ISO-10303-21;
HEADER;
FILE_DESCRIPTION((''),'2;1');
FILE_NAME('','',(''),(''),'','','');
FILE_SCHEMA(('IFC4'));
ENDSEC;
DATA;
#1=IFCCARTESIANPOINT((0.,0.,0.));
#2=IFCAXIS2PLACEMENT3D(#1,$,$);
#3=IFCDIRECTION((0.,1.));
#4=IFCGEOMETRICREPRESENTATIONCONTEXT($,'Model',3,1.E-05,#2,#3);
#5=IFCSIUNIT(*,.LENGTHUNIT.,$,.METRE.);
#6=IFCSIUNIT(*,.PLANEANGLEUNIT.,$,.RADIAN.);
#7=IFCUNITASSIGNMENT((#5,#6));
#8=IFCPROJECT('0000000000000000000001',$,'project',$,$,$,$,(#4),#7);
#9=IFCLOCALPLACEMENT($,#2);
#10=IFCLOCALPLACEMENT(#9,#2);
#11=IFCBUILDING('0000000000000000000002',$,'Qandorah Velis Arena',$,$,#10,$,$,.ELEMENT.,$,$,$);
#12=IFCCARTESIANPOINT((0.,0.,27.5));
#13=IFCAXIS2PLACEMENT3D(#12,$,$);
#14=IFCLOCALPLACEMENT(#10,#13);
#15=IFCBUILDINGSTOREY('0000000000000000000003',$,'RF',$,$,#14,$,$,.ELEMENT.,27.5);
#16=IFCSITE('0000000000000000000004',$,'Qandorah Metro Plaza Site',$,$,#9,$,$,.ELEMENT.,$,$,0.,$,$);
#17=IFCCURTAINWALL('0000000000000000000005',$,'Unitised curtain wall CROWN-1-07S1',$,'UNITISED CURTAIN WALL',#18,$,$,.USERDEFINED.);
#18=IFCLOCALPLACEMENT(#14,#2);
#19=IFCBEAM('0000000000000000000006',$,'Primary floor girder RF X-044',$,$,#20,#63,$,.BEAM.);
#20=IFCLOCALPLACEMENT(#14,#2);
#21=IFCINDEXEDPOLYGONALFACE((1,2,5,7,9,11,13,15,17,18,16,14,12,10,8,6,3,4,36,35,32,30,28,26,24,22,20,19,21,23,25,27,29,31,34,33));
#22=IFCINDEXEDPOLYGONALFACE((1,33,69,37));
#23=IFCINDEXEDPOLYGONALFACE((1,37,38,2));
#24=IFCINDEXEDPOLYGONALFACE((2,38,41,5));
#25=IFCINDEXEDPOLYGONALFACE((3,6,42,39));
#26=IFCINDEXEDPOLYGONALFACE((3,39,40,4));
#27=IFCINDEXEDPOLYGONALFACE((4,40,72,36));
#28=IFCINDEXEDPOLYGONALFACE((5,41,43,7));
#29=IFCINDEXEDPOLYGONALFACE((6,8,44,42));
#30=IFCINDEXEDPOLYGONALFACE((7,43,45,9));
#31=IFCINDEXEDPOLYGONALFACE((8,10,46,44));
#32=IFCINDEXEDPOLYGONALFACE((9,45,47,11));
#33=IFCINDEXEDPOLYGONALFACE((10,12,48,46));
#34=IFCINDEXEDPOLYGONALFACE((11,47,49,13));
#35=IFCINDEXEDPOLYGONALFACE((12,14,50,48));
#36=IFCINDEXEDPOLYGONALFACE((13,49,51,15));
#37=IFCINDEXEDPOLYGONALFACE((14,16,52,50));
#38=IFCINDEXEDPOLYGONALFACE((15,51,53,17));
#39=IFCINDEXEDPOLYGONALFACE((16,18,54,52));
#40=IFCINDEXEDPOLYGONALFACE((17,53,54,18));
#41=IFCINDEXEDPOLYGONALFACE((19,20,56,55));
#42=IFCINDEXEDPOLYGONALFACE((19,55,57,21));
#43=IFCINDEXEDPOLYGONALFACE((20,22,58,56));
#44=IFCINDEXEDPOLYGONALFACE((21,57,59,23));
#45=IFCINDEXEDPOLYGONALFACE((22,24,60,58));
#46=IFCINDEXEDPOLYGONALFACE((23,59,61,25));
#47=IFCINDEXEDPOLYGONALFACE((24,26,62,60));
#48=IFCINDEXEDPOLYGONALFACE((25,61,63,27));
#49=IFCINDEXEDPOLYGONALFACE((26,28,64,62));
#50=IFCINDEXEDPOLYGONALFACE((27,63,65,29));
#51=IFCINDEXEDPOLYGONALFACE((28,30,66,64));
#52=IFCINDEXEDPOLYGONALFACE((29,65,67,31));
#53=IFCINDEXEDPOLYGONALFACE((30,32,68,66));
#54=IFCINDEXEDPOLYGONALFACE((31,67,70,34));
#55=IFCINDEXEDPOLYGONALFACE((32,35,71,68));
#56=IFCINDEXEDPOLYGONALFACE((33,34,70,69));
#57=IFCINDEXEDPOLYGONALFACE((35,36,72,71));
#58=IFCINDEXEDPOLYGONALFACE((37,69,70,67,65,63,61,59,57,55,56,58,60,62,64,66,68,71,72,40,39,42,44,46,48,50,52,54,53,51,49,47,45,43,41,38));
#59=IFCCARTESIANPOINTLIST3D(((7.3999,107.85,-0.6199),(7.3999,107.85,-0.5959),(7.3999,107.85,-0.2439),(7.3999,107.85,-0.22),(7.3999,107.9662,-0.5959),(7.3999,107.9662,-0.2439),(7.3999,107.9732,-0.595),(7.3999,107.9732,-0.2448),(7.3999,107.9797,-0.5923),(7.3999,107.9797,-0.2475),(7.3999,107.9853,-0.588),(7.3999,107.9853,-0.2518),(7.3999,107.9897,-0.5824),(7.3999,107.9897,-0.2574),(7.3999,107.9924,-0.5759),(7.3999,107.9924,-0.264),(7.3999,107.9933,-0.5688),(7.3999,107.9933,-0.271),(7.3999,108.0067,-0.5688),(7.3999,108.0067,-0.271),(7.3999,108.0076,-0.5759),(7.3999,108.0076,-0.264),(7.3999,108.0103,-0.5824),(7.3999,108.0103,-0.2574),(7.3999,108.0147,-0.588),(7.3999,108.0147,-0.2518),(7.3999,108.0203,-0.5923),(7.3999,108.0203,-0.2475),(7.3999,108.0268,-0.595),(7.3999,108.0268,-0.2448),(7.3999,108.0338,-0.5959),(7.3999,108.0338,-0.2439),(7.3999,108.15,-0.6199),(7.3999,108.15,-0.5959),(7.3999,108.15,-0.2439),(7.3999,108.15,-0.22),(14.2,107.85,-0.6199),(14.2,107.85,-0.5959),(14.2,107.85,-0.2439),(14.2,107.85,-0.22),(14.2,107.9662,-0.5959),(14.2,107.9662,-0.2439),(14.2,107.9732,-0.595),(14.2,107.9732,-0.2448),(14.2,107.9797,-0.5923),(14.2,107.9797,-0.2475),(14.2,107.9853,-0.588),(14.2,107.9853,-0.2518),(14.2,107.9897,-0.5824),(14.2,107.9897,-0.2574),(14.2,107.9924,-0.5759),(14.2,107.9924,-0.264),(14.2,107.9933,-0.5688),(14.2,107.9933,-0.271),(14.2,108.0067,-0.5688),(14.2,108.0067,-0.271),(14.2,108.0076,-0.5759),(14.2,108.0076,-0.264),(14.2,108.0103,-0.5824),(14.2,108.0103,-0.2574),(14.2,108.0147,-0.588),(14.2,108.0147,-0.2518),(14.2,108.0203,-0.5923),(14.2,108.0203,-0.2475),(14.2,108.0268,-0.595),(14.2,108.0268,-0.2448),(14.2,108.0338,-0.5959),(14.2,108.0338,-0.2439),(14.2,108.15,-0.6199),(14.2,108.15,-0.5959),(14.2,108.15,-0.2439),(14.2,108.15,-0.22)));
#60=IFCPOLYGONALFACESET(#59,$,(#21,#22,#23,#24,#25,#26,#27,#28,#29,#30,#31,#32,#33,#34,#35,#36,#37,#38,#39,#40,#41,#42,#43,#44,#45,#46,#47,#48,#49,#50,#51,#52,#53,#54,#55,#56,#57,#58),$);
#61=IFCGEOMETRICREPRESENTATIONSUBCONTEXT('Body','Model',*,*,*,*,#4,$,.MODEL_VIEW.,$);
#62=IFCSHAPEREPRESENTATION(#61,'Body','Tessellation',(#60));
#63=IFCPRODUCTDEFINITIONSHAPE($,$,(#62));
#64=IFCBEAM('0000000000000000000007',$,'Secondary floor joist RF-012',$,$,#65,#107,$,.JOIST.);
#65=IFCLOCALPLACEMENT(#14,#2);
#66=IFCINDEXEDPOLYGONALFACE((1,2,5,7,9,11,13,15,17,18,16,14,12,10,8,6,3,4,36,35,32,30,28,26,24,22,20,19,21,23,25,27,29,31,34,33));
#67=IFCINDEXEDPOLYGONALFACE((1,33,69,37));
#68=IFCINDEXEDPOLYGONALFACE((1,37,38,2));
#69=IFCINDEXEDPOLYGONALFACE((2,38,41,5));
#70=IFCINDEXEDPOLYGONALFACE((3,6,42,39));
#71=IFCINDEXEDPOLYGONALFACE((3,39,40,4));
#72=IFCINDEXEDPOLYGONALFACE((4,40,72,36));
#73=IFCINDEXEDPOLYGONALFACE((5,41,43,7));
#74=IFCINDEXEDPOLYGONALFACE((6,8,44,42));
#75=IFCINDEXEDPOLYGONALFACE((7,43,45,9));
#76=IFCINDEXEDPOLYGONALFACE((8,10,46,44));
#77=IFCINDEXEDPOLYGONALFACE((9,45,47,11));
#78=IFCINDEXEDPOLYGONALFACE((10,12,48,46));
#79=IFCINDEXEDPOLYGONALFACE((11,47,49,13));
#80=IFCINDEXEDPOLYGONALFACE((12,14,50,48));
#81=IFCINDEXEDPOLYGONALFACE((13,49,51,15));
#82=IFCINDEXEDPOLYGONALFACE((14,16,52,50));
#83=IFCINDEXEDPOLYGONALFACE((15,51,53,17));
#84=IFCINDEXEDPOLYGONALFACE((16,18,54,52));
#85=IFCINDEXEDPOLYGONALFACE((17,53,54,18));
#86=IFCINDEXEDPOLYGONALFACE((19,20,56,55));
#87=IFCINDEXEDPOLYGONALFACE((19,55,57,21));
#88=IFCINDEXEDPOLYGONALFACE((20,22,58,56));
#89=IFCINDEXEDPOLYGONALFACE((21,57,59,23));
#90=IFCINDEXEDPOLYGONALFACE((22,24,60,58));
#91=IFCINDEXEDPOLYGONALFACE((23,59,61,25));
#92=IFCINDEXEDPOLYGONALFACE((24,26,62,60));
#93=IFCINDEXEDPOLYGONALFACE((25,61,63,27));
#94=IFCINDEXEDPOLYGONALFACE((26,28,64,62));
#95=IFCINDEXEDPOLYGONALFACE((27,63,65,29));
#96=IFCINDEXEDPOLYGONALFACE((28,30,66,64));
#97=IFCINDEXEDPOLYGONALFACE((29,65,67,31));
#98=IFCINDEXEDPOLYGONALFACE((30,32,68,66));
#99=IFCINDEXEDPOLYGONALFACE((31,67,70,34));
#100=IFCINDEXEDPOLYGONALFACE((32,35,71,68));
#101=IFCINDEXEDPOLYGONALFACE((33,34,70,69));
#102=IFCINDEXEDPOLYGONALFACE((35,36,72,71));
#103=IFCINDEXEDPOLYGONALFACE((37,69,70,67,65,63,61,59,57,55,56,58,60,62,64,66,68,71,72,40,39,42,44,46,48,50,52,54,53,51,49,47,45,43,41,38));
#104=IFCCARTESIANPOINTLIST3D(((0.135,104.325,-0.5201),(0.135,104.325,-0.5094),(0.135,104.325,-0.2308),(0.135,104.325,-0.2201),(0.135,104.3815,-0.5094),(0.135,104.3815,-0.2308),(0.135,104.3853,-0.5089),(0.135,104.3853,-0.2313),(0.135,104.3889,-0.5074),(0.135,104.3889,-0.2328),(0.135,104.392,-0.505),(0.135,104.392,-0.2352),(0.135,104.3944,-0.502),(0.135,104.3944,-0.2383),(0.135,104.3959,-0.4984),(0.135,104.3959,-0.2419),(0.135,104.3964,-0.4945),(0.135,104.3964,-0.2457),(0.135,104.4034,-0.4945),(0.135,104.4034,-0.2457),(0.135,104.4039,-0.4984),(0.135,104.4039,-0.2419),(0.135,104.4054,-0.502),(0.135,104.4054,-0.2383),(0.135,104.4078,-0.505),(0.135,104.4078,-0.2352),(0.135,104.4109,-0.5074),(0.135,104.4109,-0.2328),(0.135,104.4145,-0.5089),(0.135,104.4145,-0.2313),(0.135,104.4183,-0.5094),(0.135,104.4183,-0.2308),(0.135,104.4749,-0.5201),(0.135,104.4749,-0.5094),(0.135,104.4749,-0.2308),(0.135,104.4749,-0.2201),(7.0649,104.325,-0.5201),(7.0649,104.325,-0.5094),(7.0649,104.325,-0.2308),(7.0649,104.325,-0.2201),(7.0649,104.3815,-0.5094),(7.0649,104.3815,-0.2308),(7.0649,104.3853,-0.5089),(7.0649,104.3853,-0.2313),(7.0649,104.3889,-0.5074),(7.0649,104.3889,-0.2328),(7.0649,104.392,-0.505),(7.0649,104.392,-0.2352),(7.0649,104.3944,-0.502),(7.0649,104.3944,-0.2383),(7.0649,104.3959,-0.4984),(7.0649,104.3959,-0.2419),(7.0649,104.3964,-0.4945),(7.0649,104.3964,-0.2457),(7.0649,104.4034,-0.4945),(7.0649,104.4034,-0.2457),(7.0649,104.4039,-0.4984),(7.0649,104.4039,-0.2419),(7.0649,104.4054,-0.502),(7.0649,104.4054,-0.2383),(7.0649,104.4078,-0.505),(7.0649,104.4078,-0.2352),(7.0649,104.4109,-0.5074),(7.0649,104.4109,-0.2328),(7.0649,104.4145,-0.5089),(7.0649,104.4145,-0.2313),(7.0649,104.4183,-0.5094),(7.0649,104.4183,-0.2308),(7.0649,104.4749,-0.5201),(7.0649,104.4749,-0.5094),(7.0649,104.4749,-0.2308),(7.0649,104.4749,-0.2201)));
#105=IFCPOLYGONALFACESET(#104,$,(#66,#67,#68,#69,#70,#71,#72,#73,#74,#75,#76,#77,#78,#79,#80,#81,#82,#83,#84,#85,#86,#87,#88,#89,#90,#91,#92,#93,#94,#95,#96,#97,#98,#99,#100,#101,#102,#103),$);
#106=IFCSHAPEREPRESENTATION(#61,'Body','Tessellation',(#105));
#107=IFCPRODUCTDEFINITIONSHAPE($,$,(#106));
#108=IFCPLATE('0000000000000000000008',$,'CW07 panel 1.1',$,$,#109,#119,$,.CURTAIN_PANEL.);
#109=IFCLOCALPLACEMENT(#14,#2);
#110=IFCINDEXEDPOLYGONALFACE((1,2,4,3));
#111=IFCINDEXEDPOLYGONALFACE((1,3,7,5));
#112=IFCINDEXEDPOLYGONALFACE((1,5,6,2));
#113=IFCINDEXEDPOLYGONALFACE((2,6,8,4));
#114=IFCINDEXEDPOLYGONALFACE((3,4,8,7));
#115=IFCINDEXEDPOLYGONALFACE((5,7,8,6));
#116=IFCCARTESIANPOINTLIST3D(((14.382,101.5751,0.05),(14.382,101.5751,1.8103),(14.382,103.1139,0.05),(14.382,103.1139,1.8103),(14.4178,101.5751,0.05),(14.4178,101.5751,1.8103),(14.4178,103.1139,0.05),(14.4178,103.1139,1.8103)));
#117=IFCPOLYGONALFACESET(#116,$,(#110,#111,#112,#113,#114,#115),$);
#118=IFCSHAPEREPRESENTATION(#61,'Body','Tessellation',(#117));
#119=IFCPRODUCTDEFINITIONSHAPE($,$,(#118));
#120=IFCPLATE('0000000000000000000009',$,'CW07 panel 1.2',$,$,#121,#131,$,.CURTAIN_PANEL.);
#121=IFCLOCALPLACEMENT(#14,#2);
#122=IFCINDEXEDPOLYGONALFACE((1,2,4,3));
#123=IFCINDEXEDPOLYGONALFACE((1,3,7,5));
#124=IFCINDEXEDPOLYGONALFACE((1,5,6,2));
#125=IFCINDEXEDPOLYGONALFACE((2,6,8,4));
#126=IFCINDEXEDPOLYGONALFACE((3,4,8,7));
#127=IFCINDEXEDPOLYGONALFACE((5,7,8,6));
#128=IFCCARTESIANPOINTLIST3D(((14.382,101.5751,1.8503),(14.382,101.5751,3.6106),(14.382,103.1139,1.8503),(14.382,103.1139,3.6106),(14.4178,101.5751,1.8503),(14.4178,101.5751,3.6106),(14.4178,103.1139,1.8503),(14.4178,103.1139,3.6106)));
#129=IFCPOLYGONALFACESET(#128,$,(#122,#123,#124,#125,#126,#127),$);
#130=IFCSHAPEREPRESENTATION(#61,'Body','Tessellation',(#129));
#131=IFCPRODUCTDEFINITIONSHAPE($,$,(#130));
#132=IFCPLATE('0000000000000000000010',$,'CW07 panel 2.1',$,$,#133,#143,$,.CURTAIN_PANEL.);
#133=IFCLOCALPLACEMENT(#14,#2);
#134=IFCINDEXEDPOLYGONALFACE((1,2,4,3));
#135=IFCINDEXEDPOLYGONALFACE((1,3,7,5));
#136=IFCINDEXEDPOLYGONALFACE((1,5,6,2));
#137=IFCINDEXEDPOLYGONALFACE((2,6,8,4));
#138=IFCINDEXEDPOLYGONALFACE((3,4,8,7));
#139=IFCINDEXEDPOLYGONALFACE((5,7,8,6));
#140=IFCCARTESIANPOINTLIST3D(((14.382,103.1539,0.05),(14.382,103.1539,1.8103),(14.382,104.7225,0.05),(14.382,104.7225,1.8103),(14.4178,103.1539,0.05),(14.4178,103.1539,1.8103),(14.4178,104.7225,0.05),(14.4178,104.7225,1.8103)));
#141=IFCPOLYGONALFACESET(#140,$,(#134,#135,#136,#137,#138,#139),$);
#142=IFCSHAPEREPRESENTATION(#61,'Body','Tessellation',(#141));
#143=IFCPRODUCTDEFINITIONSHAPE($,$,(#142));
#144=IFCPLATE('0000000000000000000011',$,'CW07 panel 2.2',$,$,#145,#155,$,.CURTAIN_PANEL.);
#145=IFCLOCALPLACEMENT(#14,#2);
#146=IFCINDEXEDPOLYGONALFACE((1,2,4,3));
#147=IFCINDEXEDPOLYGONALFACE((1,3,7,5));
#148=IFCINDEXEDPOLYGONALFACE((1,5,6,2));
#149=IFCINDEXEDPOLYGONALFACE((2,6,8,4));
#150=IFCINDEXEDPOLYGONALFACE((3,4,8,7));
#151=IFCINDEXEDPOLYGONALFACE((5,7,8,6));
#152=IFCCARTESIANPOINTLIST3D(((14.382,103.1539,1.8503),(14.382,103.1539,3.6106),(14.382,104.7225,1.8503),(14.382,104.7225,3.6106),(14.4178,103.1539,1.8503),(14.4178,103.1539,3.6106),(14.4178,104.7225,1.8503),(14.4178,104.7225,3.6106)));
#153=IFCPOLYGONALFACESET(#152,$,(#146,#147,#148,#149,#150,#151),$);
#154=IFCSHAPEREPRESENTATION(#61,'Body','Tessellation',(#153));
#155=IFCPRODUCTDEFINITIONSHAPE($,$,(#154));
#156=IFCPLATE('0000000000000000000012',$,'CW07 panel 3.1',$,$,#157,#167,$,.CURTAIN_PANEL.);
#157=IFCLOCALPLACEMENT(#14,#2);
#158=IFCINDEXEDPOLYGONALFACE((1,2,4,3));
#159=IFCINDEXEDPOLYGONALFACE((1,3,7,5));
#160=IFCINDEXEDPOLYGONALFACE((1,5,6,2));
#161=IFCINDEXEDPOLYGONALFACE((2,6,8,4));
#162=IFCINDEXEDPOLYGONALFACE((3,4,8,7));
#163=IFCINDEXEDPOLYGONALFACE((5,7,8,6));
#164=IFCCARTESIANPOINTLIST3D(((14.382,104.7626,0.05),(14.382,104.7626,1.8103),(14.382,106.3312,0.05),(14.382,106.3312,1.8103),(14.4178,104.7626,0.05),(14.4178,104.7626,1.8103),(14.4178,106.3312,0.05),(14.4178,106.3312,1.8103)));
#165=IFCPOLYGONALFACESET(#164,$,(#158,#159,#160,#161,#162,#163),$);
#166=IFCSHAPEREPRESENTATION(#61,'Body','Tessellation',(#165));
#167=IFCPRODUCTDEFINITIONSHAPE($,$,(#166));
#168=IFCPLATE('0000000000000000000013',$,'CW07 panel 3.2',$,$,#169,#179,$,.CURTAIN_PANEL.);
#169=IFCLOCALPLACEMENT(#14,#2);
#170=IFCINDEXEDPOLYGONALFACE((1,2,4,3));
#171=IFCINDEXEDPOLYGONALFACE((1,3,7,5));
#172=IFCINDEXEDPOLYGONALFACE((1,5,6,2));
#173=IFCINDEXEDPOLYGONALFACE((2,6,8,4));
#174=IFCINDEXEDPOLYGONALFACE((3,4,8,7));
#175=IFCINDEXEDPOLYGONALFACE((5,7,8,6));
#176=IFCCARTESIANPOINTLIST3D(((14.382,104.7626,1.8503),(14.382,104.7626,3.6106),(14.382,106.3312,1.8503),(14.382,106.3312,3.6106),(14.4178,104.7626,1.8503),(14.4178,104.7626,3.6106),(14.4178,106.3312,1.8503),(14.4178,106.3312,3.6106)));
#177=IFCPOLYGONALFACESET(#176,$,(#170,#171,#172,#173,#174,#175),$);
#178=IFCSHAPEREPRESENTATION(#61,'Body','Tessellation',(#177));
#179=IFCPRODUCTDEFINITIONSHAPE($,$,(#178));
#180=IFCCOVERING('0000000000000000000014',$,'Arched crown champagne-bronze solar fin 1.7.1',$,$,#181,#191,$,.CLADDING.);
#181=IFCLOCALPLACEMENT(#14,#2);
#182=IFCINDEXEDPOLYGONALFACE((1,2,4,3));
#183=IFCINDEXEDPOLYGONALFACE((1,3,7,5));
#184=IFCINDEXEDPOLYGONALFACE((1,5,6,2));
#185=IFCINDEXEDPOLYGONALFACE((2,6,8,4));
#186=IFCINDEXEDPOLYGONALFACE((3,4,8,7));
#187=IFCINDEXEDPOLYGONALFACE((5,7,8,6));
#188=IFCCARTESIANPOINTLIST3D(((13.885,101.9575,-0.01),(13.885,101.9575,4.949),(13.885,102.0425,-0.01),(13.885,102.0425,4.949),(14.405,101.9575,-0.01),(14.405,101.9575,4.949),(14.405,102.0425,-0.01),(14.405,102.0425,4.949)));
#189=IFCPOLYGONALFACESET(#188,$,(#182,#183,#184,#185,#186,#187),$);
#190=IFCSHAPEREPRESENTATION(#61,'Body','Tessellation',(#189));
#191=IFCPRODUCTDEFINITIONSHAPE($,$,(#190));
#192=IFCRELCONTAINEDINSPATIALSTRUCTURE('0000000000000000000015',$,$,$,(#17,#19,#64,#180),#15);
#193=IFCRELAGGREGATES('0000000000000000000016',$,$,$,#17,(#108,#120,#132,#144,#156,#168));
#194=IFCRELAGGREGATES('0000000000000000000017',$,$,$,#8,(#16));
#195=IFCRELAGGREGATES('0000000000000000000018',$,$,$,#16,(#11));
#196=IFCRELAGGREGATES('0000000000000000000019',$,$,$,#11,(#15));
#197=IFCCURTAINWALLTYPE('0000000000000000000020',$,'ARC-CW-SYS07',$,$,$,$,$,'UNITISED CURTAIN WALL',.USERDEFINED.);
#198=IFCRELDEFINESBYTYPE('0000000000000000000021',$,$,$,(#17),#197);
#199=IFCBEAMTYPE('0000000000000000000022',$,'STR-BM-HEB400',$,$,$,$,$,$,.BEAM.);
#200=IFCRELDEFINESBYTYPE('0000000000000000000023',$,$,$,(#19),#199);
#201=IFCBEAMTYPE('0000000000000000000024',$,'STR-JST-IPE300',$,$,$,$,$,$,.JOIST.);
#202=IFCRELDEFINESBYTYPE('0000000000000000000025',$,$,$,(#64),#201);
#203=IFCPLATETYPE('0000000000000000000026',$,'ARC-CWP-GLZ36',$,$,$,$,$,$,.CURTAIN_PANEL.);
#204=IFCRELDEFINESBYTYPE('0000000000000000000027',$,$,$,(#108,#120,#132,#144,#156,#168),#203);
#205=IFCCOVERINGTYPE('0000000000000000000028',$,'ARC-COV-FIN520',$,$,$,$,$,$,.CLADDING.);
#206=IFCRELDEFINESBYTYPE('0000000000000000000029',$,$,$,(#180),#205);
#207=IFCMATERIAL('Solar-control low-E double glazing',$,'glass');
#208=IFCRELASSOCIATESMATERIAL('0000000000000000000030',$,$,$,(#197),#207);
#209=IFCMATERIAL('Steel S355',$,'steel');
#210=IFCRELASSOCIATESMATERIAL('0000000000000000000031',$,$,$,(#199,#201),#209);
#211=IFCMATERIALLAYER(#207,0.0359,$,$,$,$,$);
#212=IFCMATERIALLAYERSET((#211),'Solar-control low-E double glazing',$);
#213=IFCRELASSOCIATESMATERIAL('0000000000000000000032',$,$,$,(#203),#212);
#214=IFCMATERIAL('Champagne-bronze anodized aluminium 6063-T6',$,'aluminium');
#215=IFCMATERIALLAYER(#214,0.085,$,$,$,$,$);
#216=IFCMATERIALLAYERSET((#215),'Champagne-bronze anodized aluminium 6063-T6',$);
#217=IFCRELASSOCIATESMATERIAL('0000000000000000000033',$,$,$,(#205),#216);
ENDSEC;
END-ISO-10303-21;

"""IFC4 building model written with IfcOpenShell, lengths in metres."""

from ifc_helpers import new_model, si_unit, direction, frame, origin, origin_2d, place, context, subcontext, project, spatial, rectangle, i_section, extrude, material, layer, layer_set, material_profile, profile_set, type_object, element, aggregate, save


model = new_model("IFC4")

# Units and contexts
model_context = context("Model", 3, precision=1e-05, world=origin(), true_north=direction((0.0, 1.0)))
body_context = subcontext(model_context, "Body", "Model", "MODEL_VIEW")
ifc_project = project(units=[si_unit("LENGTHUNIT", "METRE"), si_unit("PLANEANGLEUNIT", "RADIAN")], contexts=[model_context])

# Site, building, storey
site_placement = place(None, origin())
site = spatial("IfcSite", under=ifc_project, at=site_placement, Name="Qandorah Metro Plaza Site", CompositionType="ELEMENT", RefElevation=0.0)
building_placement = place(site_placement, origin())
building = spatial("IfcBuilding", under=site, at=building_placement, Name="Qandorah Velis Arena", CompositionType="ELEMENT")
storey_placement = place(building_placement, frame((0.0, 0.0, 27.5)))
storey = spatial("IfcBuildingStorey", under=building, at=storey_placement, Name="RF", CompositionType="ELEMENT", Elevation=27.5)

# Curtain wall
ifc_material_1 = material(Name="Solar-control low-E double glazing", Category="glass")
curtain_wall_type = type_object("IfcCurtainWallType", Name="ARC-CW-SYS07", ElementType="UNITISED CURTAIN WALL", PredefinedType="USERDEFINED", material=ifc_material_1)
curtain_wall_placement = place(storey_placement, origin())
curtain_wall = element("IfcCurtainWall", 1, at=curtain_wall_placement, inside=storey, type_object=curtain_wall_type, Name="Unitised curtain wall CROWN-1-07S1", ObjectType="UNITISED CURTAIN WALL", PredefinedType="USERDEFINED")
ifc_material_2 = material(Name="Champagne-bronze anodized aluminium 6063-T6", Category="aluminium")

# Beams
ifc_material_3 = material(Name="Steel S355", Category="steel")
ifc_material_profile_1 = material_profile(ifc_material_3, i_section(OverallWidth=0.3, OverallDepth=0.3999, WebThickness=0.0134, FlangeThickness=0.0239, FilletRadius=0.0271, at=origin_2d()), Name="HEB 400")
ifc_profile_set_1 = profile_set([ifc_material_profile_1], Name="Steel S355")
beam_type_1 = type_object("IfcBeamType", Name="STR-BM-HEB400", PredefinedType="BEAM", material=ifc_profile_set_1)
for number, where, z_axis, x_axis, name in (
    (2, (7.3999, 108.0, -0.4199), (1.0, 0.0, 0.0), (0.0, 1.0, 0.0), "Primary floor girder RF X-044"),
):
    element("IfcBeam", number, at=place(storey_placement, frame(where, z_axis=z_axis, x_axis=x_axis)), inside=storey, type_object=beam_type_1, Name=name, PredefinedType="BEAM", context=body_context, shape_type="SweptSolid", body=[
        extrude(i_section(OverallWidth=0.3, OverallDepth=0.3999, WebThickness=0.0134, FlangeThickness=0.0239, FilletRadius=0.0271, at=origin_2d()), origin(), (0.0, 0.0, 1.0), 6.8),
    ])
ifc_material_profile_2 = material_profile(ifc_material_3, i_section(OverallWidth=0.1499, OverallDepth=0.3, WebThickness=0.0071, FlangeThickness=0.0107, FilletRadius=0.0149, at=origin_2d()), Name="IPE 300")
ifc_profile_set_2 = profile_set([ifc_material_profile_2], Name="Steel S355")
beam_type_2 = type_object("IfcBeamType", Name="STR-JST-IPE300", PredefinedType="JOIST", material=ifc_profile_set_2)
beam_placement = place(storey_placement, frame((0.135, 104.3999, -0.3701), z_axis=(1.0, 0.0, 0.0), x_axis=(0.0, 1.0, 0.0)))
element("IfcBeam", 3, at=beam_placement, inside=storey, type_object=beam_type_2, Name="Secondary floor joist RF-012", PredefinedType="JOIST", context=body_context, shape_type="SweptSolid", body=[
    extrude(i_section(OverallWidth=0.1499, OverallDepth=0.3, WebThickness=0.0071, FlangeThickness=0.0107, FilletRadius=0.0149, at=origin_2d()), origin(), (0.0, 0.0, 1.0), 6.9299),
])

# Plates
ifc_layer_1 = layer(ifc_material_1, 0.0359)
ifc_layer_set_1 = layer_set([ifc_layer_1], Name="Solar-control low-E double glazing")
plate_type = type_object("IfcPlateType", Name="ARC-CWP-GLZ36", PredefinedType="CURTAIN_PANEL", material=ifc_layer_set_1)
plate_1_placement = place(storey_placement, frame((14.3999, 102.3445, 0.05), z_axis=(0.0, 0.0, 1.0), x_axis=(0.0, 1.0, 0.0)))
plate_1 = element("IfcPlate", 4, at=plate_1_placement, type_object=plate_type, Name="CW07 panel 1.1", PredefinedType="CURTAIN_PANEL", context=body_context, shape_type="SweptSolid", body=[
    extrude(rectangle(XDim=1.5388, YDim=0.0359, at=origin_2d()), origin(), (0.0, 0.0, 1.0), 1.7603),
])
plate_2_placement = place(storey_placement, frame((14.3999, 102.3445, 1.8503), z_axis=(0.0, 0.0, 1.0), x_axis=(0.0, 1.0, 0.0)))
plate_2 = element("IfcPlate", 5, at=plate_2_placement, type_object=plate_type, Name="CW07 panel 1.2", PredefinedType="CURTAIN_PANEL", context=body_context, shape_type="SweptSolid", body=[
    extrude(rectangle(XDim=1.5388, YDim=0.0359, at=origin_2d()), origin(), (0.0, 0.0, 1.0), 1.7603),
])
plate_3_placement = place(storey_placement, frame((14.3999, 103.9382, 0.05), z_axis=(0.0, 0.0, 1.0), x_axis=(0.0, 1.0, 0.0)))
plate_3 = element("IfcPlate", 6, at=plate_3_placement, type_object=plate_type, Name="CW07 panel 2.1", PredefinedType="CURTAIN_PANEL", context=body_context, shape_type="SweptSolid", body=[
    extrude(rectangle(XDim=1.5686, YDim=0.0359, at=origin_2d()), origin(), (0.0, 0.0, 1.0), 1.7603),
])
plate_4_placement = place(storey_placement, frame((14.3999, 103.9382, 1.8503), z_axis=(0.0, 0.0, 1.0), x_axis=(0.0, 1.0, 0.0)))
plate_4 = element("IfcPlate", 7, at=plate_4_placement, type_object=plate_type, Name="CW07 panel 2.2", PredefinedType="CURTAIN_PANEL", context=body_context, shape_type="SweptSolid", body=[
    extrude(rectangle(XDim=1.5686, YDim=0.0359, at=origin_2d()), origin(), (0.0, 0.0, 1.0), 1.7603),
])
plate_5_placement = place(storey_placement, frame((14.3999, 105.5469, 0.05), z_axis=(0.0, 0.0, 1.0), x_axis=(0.0, 1.0, 0.0)))
plate_5 = element("IfcPlate", 8, at=plate_5_placement, type_object=plate_type, Name="CW07 panel 3.1", PredefinedType="CURTAIN_PANEL", context=body_context, shape_type="SweptSolid", body=[
    extrude(rectangle(XDim=1.5686, YDim=0.0359, at=origin_2d()), origin(), (0.0, 0.0, 1.0), 1.7603),
])
plate_6_placement = place(storey_placement, frame((14.3999, 105.5469, 1.8503), z_axis=(0.0, 0.0, 1.0), x_axis=(0.0, 1.0, 0.0)))
plate_6 = element("IfcPlate", 9, at=plate_6_placement, type_object=plate_type, Name="CW07 panel 3.2", PredefinedType="CURTAIN_PANEL", context=body_context, shape_type="SweptSolid", body=[
    extrude(rectangle(XDim=1.5686, YDim=0.0359, at=origin_2d()), origin(), (0.0, 0.0, 1.0), 1.7603),
])
aggregate(curtain_wall, [plate_1, plate_2, plate_3, plate_4, plate_5, plate_6])

# Covering
ifc_layer_2 = layer(ifc_material_2, 0.085)
ifc_layer_set_2 = layer_set([ifc_layer_2], Name="Champagne-bronze anodized aluminium 6063-T6")
covering_type = type_object("IfcCoveringType", Name="ARC-COV-FIN520", PredefinedType="CLADDING", material=ifc_layer_set_2)
covering_1_placement = place(storey_placement, frame((14.145, 102.0, -0.01), z_axis=(0.0, 0.0, 1.0), x_axis=(1.0, 0.0, 0.0)))
element("IfcCovering", 10, at=covering_1_placement, inside=storey, type_object=covering_type, Name="Arched crown champagne-bronze solar fin 1.7.1", PredefinedType="CLADDING", context=body_context, shape_type="SweptSolid", body=[
    extrude(rectangle(XDim=0.52, YDim=0.085, at=origin_2d()), origin(), (0.0, 0.0, 1.0), 4.959),
])

save(model, "model.ifc")
